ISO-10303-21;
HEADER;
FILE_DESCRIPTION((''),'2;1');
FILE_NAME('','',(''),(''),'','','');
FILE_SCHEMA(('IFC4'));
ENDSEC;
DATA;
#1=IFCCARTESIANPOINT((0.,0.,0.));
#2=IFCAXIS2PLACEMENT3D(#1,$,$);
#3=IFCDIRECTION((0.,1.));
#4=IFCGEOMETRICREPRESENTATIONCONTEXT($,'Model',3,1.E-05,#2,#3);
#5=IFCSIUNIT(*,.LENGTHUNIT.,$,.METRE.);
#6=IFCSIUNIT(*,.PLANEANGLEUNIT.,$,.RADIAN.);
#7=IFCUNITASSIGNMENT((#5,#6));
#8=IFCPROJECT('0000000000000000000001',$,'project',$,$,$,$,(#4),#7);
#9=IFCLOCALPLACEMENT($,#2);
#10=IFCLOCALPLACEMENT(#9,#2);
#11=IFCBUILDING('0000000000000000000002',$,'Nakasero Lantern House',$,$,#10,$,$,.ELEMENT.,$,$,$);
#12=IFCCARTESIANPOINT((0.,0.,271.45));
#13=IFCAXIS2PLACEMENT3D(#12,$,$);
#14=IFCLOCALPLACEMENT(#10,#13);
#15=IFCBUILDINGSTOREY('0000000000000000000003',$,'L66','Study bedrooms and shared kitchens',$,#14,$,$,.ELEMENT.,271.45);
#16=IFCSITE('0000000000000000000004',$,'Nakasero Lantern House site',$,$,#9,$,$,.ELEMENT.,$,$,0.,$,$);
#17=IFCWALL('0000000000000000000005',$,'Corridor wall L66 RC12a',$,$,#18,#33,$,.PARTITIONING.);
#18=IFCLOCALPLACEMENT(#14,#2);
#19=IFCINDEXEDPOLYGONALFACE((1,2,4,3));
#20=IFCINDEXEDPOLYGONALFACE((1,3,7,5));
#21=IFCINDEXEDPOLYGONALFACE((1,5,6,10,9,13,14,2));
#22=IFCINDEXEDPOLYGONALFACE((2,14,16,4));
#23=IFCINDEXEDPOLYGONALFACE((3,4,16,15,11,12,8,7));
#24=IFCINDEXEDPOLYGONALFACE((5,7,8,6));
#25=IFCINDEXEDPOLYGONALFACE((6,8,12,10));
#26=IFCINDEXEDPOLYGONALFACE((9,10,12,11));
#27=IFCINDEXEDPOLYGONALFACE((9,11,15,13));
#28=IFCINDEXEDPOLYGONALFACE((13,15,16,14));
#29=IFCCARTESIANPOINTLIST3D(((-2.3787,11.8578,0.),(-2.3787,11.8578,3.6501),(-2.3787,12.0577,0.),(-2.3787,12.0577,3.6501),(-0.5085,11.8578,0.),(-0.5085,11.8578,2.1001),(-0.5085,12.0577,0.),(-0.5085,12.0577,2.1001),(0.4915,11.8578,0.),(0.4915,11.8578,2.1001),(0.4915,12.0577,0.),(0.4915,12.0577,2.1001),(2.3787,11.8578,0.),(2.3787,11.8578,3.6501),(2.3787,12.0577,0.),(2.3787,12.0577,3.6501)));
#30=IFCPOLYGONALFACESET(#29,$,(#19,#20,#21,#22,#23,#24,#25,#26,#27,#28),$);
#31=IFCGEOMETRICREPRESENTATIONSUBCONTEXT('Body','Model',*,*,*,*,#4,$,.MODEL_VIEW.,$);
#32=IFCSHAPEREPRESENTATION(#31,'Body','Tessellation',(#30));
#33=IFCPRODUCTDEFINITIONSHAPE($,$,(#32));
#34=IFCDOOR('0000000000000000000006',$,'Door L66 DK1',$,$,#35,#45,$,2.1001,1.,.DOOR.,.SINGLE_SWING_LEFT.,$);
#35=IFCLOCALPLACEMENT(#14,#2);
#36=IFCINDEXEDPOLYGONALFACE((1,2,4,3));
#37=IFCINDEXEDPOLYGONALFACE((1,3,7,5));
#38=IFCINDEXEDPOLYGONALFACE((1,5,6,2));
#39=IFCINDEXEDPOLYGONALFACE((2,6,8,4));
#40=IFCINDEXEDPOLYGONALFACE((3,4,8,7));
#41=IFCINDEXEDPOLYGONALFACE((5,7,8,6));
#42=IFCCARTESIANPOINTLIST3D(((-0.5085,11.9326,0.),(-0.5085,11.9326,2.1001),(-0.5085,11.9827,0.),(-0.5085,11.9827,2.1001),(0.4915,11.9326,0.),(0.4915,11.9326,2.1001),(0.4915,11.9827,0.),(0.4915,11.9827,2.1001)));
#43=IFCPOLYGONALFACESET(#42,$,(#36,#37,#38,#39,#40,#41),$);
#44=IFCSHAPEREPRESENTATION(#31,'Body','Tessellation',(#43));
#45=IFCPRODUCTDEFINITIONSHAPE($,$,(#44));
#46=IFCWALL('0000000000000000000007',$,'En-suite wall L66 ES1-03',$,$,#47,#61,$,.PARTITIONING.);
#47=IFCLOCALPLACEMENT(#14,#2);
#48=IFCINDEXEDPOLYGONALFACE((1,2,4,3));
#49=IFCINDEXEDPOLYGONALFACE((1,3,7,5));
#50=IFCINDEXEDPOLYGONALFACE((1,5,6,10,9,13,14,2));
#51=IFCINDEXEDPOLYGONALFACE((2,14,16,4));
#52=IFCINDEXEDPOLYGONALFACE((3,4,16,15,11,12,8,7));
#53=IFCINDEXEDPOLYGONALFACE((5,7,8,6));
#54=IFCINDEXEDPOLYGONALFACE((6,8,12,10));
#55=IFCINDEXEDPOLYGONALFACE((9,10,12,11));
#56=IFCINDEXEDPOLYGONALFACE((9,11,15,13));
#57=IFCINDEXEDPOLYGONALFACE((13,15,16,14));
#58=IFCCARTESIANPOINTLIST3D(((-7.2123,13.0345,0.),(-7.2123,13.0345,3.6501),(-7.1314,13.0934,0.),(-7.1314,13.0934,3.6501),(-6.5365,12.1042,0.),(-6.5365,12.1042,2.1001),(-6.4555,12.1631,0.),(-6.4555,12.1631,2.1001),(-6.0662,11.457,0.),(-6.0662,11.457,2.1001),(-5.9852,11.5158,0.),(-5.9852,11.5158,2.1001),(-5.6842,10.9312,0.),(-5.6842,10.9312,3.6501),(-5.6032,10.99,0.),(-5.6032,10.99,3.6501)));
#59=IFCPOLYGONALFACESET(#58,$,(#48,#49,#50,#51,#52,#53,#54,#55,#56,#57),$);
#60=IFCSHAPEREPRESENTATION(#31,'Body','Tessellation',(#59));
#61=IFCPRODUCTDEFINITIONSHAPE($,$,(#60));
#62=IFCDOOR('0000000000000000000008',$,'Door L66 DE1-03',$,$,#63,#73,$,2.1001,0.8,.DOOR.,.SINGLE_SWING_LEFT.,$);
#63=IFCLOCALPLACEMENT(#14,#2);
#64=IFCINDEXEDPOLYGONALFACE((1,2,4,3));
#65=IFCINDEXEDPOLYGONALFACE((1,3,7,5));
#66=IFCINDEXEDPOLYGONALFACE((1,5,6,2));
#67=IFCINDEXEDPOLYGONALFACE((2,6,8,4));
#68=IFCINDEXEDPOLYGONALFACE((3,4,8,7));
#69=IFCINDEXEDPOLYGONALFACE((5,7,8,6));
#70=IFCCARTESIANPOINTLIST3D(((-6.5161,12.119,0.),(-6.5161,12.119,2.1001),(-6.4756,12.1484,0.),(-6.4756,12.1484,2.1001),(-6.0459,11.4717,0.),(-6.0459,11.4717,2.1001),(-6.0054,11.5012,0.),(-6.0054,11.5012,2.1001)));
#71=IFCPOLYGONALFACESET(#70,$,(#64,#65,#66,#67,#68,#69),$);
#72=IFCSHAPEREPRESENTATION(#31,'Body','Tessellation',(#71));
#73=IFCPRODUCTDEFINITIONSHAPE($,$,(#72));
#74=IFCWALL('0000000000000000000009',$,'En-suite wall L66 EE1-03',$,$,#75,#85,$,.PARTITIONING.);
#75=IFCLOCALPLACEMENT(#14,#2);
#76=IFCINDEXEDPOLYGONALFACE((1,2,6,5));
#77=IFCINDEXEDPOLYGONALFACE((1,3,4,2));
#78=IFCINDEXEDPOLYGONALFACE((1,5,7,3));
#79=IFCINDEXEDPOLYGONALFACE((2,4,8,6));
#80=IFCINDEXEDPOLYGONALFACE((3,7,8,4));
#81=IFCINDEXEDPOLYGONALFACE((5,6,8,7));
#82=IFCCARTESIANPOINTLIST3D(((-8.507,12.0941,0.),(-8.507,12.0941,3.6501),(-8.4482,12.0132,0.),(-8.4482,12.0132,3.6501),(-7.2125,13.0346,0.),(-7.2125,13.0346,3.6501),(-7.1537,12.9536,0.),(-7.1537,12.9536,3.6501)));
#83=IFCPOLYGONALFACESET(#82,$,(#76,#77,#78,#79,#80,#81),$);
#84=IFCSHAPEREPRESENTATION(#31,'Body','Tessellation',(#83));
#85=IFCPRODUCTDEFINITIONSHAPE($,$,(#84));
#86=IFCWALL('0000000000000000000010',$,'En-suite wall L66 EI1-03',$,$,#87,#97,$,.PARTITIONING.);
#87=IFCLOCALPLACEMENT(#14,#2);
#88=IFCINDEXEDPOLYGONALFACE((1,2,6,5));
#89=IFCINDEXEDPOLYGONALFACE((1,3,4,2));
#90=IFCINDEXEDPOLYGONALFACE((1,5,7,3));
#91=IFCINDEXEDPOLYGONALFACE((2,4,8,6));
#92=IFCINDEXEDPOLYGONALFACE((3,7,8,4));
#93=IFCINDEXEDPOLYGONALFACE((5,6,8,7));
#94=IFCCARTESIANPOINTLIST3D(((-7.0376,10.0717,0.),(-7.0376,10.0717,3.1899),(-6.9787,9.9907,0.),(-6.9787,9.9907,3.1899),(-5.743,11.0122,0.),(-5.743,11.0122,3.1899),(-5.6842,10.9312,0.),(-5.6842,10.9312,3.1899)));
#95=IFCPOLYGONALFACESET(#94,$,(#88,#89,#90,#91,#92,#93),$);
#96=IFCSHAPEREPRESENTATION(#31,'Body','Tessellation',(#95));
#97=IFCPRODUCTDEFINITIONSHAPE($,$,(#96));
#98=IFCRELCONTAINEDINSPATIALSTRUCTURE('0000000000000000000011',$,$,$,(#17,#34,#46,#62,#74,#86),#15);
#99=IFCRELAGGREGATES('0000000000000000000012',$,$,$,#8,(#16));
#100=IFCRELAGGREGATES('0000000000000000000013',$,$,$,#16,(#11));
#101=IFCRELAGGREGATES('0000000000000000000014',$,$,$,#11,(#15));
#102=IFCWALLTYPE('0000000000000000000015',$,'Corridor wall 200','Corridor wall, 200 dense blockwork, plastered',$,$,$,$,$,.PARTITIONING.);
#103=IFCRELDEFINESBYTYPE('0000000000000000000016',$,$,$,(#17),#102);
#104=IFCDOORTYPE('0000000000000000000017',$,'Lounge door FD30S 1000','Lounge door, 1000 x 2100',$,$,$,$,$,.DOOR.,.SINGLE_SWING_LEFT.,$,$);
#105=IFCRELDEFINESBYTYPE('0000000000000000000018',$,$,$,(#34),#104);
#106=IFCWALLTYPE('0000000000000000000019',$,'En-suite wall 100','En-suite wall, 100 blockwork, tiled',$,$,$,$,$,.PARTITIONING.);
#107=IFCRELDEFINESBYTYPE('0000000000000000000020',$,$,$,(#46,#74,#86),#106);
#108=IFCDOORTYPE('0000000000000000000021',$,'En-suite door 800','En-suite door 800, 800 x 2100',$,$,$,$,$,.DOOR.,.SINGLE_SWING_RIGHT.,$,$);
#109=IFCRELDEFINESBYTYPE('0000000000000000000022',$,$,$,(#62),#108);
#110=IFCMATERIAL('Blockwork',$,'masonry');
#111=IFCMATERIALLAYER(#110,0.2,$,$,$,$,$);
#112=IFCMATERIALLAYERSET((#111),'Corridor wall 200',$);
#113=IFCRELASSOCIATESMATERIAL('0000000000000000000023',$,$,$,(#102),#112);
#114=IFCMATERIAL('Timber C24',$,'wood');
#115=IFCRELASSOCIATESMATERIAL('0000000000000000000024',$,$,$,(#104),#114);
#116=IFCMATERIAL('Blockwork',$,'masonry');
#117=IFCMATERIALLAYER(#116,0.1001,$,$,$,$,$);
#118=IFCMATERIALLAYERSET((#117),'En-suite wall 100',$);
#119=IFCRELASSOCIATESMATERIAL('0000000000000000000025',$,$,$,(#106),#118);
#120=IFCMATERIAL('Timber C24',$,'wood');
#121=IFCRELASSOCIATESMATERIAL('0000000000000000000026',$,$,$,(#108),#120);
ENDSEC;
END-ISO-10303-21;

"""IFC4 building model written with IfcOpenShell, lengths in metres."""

from ifc_helpers import new_model, si_unit, direction, frame, frame_2d, origin, place, context, subcontext, project, spatial, rectangle, extrude, material, layer, layer_set, type_object, element, fill, save


model = new_model("IFC4")

# Units and contexts
model_context = context("Model", 3, precision=1e-05, world=origin(), true_north=direction((0.0, 1.0)))
body_context = subcontext(model_context, "Body", "Model", "MODEL_VIEW")
ifc_project = project(units=[si_unit("LENGTHUNIT", "METRE"), si_unit("PLANEANGLEUNIT", "RADIAN")], contexts=[model_context])

# Site, building, storey
site_placement = place(None, origin())
site = spatial("IfcSite", under=ifc_project, at=site_placement, Name="Nakasero Lantern House site", CompositionType="ELEMENT", RefElevation=0.0)
building_placement = place(site_placement, origin())
building = spatial("IfcBuilding", under=site, at=building_placement, Name="Nakasero Lantern House", CompositionType="ELEMENT")
storey_placement = place(building_placement, frame((0.0, 0.0, 271.45)))
storey = spatial("IfcBuildingStorey", under=building, at=storey_placement, Name="L66", Description="Study bedrooms and shared kitchens", CompositionType="ELEMENT", Elevation=271.45)

# Walls, openings, doors
ifc_material_1 = material(Name="Blockwork", Category="masonry")
ifc_layer_1 = layer(ifc_material_1, 0.2)
ifc_layer_set_1 = layer_set([ifc_layer_1], Name="Corridor wall 200")
wall_type_1 = type_object("IfcWallType", Name="Corridor wall 200", Description="Corridor wall, 200 dense blockwork, plastered", PredefinedType="PARTITIONING", material=ifc_layer_set_1)
wall_1_placement = place(storey_placement, frame((-2.3787, 11.9578, 0.0), z_axis=(0.0, 0.0, 1.0), x_axis=(1.0, 0.0, 0.0)))
wall_1 = element("IfcWall", 1, at=wall_1_placement, inside=storey, type_object=wall_type_1, Name="Corridor wall L66 RC12a", PredefinedType="PARTITIONING", context=body_context, shape_type="SweptSolid", body=[
    extrude(rectangle(XDim=4.7573, YDim=0.2, at=frame_2d((2.3787, 0.0))), origin(), (0.0, 0.0, 1.0), 3.6501),
])
opening_1_placement = place(wall_1_placement, frame((1.8701, 0.0, 0.0)))
opening_1 = element("IfcOpeningElement", 2, at=opening_1_placement, cuts=wall_1, PredefinedType="OPENING", context=body_context, shape_type="SweptSolid", body=[
    extrude(rectangle(XDim=1.0, YDim=2.1001, at=frame_2d((0.5, 1.05))), frame((0.0, 0.1199, 0.0), z_axis=(0.0, -1.0, 0.0), x_axis=(1.0, 0.0, 0.0)), (0.0, 0.0, 1.0), 0.24),
])
ifc_material_2 = material(Name="Timber C24", Category="wood")
door_type_1 = type_object("IfcDoorType", Name="Lounge door FD30S 1000", Description="Lounge door, 1000 x 2100", OperationType="SINGLE_SWING_LEFT", PredefinedType="DOOR", material=ifc_material_2)
door_1_placement = place(opening_1_placement, origin())
door_1 = element("IfcDoor", 3, at=door_1_placement, inside=storey, type_object=door_type_1, Name="Door L66 DK1", OperationType="SINGLE_SWING_LEFT", OverallHeight=2.1001, OverallWidth=1.0, PredefinedType="DOOR", context=body_context, shape_type="SweptSolid", body=[
    extrude(rectangle(XDim=1.0, YDim=2.1001, at=frame_2d((0.5, 1.05))), frame((0.0, 0.0249, 0.0), z_axis=(0.0, -1.0, 0.0), x_axis=(1.0, 0.0, 0.0)), (0.0, 0.0, 1.0), 0.05),
])
fill(opening_1, door_1)
ifc_material_3 = material(Name="Blockwork", Category="masonry")
ifc_layer_2 = layer(ifc_material_3, 0.1001)
ifc_layer_set_2 = layer_set([ifc_layer_2], Name="En-suite wall 100")
wall_type_2 = type_object("IfcWallType", Name="En-suite wall 100", Description="En-suite wall, 100 blockwork, tiled", PredefinedType="PARTITIONING", material=ifc_layer_set_2)
wall_2_placement = place(storey_placement, frame((-5.6438, 10.9607, 0.0), z_axis=(0.0, 0.0, 1.0), x_axis=(-0.587775, 0.809024, 0.0)))
wall_2 = element("IfcWall", 4, at=wall_2_placement, inside=storey, type_object=wall_type_2, Name="En-suite wall L66 ES1-03", PredefinedType="PARTITIONING", context=body_context, shape_type="SweptSolid", body=[
    extrude(rectangle(XDim=2.5999, YDim=0.1001, at=frame_2d((1.2998, 0.0))), origin(), (0.0, 0.0, 1.0), 3.6501),
])
opening_2_placement = place(wall_2_placement, frame((0.6499, 0.0, 0.0)))
opening_2 = element("IfcOpeningElement", 5, at=opening_2_placement, cuts=wall_2, PredefinedType="OPENING", context=body_context, shape_type="SweptSolid", body=[
    extrude(rectangle(XDim=0.8, YDim=2.1001, at=frame_2d((0.3999, 1.05))), frame((0.0, 0.0701, 0.0), z_axis=(0.0, -1.0, 0.0), x_axis=(1.0, 0.0, 0.0)), (0.0, 0.0, 1.0), 0.1401),
])
ifc_material_4 = material(Name="Timber C24", Category="wood")
door_type_2 = type_object("IfcDoorType", Name="En-suite door 800", Description="En-suite door 800, 800 x 2100", OperationType="SINGLE_SWING_RIGHT", PredefinedType="DOOR", material=ifc_material_4)
door_2_placement = place(opening_2_placement, origin())
door_2 = element("IfcDoor", 6, at=door_2_placement, inside=storey, type_object=door_type_2, Name="Door L66 DE1-03", OperationType="SINGLE_SWING_LEFT", OverallHeight=2.1001, OverallWidth=0.8, PredefinedType="DOOR", context=body_context, shape_type="SweptSolid", body=[
    extrude(rectangle(XDim=0.8, YDim=2.1001, at=frame_2d((0.3999, 1.05))), frame((0.0, 0.0249, 0.0), z_axis=(0.0, -1.0, 0.0), x_axis=(1.0, 0.0, 0.0)), (0.0, 0.0, 1.0), 0.05),
])
fill(opening_2, door_2)

# Walls
wall_3_placement = place(storey_placement, frame((-7.1831, 12.9941, 0.0), z_axis=(0.0, 0.0, 1.0), x_axis=(-0.809026, -0.587772, 0.0)))
element("IfcWall", 7, at=wall_3_placement, inside=storey, type_object=wall_type_2, Name="En-suite wall L66 EE1-03", PredefinedType="PARTITIONING", context=body_context, shape_type="SweptSolid", body=[
    extrude(rectangle(XDim=1.6001, YDim=0.1001, at=frame_2d((0.8, 0.0))), origin(), (0.0, 0.0, 1.0), 3.6501),
])
wall_4_placement = place(storey_placement, frame((-5.7136, 10.9717, 0.0), z_axis=(0.0, 0.0, 1.0), x_axis=(-0.809026, -0.587772, 0.0)))
element("IfcWall", 8, at=wall_4_placement, inside=storey, type_object=wall_type_2, Name="En-suite wall L66 EI1-03", PredefinedType="PARTITIONING", context=body_context, shape_type="SweptSolid", body=[
    extrude(rectangle(XDim=1.6001, YDim=0.1001, at=frame_2d((0.8, 0.0))), origin(), (0.0, 0.0, 1.0), 3.1899),
])

save(model, "model.ifc")
